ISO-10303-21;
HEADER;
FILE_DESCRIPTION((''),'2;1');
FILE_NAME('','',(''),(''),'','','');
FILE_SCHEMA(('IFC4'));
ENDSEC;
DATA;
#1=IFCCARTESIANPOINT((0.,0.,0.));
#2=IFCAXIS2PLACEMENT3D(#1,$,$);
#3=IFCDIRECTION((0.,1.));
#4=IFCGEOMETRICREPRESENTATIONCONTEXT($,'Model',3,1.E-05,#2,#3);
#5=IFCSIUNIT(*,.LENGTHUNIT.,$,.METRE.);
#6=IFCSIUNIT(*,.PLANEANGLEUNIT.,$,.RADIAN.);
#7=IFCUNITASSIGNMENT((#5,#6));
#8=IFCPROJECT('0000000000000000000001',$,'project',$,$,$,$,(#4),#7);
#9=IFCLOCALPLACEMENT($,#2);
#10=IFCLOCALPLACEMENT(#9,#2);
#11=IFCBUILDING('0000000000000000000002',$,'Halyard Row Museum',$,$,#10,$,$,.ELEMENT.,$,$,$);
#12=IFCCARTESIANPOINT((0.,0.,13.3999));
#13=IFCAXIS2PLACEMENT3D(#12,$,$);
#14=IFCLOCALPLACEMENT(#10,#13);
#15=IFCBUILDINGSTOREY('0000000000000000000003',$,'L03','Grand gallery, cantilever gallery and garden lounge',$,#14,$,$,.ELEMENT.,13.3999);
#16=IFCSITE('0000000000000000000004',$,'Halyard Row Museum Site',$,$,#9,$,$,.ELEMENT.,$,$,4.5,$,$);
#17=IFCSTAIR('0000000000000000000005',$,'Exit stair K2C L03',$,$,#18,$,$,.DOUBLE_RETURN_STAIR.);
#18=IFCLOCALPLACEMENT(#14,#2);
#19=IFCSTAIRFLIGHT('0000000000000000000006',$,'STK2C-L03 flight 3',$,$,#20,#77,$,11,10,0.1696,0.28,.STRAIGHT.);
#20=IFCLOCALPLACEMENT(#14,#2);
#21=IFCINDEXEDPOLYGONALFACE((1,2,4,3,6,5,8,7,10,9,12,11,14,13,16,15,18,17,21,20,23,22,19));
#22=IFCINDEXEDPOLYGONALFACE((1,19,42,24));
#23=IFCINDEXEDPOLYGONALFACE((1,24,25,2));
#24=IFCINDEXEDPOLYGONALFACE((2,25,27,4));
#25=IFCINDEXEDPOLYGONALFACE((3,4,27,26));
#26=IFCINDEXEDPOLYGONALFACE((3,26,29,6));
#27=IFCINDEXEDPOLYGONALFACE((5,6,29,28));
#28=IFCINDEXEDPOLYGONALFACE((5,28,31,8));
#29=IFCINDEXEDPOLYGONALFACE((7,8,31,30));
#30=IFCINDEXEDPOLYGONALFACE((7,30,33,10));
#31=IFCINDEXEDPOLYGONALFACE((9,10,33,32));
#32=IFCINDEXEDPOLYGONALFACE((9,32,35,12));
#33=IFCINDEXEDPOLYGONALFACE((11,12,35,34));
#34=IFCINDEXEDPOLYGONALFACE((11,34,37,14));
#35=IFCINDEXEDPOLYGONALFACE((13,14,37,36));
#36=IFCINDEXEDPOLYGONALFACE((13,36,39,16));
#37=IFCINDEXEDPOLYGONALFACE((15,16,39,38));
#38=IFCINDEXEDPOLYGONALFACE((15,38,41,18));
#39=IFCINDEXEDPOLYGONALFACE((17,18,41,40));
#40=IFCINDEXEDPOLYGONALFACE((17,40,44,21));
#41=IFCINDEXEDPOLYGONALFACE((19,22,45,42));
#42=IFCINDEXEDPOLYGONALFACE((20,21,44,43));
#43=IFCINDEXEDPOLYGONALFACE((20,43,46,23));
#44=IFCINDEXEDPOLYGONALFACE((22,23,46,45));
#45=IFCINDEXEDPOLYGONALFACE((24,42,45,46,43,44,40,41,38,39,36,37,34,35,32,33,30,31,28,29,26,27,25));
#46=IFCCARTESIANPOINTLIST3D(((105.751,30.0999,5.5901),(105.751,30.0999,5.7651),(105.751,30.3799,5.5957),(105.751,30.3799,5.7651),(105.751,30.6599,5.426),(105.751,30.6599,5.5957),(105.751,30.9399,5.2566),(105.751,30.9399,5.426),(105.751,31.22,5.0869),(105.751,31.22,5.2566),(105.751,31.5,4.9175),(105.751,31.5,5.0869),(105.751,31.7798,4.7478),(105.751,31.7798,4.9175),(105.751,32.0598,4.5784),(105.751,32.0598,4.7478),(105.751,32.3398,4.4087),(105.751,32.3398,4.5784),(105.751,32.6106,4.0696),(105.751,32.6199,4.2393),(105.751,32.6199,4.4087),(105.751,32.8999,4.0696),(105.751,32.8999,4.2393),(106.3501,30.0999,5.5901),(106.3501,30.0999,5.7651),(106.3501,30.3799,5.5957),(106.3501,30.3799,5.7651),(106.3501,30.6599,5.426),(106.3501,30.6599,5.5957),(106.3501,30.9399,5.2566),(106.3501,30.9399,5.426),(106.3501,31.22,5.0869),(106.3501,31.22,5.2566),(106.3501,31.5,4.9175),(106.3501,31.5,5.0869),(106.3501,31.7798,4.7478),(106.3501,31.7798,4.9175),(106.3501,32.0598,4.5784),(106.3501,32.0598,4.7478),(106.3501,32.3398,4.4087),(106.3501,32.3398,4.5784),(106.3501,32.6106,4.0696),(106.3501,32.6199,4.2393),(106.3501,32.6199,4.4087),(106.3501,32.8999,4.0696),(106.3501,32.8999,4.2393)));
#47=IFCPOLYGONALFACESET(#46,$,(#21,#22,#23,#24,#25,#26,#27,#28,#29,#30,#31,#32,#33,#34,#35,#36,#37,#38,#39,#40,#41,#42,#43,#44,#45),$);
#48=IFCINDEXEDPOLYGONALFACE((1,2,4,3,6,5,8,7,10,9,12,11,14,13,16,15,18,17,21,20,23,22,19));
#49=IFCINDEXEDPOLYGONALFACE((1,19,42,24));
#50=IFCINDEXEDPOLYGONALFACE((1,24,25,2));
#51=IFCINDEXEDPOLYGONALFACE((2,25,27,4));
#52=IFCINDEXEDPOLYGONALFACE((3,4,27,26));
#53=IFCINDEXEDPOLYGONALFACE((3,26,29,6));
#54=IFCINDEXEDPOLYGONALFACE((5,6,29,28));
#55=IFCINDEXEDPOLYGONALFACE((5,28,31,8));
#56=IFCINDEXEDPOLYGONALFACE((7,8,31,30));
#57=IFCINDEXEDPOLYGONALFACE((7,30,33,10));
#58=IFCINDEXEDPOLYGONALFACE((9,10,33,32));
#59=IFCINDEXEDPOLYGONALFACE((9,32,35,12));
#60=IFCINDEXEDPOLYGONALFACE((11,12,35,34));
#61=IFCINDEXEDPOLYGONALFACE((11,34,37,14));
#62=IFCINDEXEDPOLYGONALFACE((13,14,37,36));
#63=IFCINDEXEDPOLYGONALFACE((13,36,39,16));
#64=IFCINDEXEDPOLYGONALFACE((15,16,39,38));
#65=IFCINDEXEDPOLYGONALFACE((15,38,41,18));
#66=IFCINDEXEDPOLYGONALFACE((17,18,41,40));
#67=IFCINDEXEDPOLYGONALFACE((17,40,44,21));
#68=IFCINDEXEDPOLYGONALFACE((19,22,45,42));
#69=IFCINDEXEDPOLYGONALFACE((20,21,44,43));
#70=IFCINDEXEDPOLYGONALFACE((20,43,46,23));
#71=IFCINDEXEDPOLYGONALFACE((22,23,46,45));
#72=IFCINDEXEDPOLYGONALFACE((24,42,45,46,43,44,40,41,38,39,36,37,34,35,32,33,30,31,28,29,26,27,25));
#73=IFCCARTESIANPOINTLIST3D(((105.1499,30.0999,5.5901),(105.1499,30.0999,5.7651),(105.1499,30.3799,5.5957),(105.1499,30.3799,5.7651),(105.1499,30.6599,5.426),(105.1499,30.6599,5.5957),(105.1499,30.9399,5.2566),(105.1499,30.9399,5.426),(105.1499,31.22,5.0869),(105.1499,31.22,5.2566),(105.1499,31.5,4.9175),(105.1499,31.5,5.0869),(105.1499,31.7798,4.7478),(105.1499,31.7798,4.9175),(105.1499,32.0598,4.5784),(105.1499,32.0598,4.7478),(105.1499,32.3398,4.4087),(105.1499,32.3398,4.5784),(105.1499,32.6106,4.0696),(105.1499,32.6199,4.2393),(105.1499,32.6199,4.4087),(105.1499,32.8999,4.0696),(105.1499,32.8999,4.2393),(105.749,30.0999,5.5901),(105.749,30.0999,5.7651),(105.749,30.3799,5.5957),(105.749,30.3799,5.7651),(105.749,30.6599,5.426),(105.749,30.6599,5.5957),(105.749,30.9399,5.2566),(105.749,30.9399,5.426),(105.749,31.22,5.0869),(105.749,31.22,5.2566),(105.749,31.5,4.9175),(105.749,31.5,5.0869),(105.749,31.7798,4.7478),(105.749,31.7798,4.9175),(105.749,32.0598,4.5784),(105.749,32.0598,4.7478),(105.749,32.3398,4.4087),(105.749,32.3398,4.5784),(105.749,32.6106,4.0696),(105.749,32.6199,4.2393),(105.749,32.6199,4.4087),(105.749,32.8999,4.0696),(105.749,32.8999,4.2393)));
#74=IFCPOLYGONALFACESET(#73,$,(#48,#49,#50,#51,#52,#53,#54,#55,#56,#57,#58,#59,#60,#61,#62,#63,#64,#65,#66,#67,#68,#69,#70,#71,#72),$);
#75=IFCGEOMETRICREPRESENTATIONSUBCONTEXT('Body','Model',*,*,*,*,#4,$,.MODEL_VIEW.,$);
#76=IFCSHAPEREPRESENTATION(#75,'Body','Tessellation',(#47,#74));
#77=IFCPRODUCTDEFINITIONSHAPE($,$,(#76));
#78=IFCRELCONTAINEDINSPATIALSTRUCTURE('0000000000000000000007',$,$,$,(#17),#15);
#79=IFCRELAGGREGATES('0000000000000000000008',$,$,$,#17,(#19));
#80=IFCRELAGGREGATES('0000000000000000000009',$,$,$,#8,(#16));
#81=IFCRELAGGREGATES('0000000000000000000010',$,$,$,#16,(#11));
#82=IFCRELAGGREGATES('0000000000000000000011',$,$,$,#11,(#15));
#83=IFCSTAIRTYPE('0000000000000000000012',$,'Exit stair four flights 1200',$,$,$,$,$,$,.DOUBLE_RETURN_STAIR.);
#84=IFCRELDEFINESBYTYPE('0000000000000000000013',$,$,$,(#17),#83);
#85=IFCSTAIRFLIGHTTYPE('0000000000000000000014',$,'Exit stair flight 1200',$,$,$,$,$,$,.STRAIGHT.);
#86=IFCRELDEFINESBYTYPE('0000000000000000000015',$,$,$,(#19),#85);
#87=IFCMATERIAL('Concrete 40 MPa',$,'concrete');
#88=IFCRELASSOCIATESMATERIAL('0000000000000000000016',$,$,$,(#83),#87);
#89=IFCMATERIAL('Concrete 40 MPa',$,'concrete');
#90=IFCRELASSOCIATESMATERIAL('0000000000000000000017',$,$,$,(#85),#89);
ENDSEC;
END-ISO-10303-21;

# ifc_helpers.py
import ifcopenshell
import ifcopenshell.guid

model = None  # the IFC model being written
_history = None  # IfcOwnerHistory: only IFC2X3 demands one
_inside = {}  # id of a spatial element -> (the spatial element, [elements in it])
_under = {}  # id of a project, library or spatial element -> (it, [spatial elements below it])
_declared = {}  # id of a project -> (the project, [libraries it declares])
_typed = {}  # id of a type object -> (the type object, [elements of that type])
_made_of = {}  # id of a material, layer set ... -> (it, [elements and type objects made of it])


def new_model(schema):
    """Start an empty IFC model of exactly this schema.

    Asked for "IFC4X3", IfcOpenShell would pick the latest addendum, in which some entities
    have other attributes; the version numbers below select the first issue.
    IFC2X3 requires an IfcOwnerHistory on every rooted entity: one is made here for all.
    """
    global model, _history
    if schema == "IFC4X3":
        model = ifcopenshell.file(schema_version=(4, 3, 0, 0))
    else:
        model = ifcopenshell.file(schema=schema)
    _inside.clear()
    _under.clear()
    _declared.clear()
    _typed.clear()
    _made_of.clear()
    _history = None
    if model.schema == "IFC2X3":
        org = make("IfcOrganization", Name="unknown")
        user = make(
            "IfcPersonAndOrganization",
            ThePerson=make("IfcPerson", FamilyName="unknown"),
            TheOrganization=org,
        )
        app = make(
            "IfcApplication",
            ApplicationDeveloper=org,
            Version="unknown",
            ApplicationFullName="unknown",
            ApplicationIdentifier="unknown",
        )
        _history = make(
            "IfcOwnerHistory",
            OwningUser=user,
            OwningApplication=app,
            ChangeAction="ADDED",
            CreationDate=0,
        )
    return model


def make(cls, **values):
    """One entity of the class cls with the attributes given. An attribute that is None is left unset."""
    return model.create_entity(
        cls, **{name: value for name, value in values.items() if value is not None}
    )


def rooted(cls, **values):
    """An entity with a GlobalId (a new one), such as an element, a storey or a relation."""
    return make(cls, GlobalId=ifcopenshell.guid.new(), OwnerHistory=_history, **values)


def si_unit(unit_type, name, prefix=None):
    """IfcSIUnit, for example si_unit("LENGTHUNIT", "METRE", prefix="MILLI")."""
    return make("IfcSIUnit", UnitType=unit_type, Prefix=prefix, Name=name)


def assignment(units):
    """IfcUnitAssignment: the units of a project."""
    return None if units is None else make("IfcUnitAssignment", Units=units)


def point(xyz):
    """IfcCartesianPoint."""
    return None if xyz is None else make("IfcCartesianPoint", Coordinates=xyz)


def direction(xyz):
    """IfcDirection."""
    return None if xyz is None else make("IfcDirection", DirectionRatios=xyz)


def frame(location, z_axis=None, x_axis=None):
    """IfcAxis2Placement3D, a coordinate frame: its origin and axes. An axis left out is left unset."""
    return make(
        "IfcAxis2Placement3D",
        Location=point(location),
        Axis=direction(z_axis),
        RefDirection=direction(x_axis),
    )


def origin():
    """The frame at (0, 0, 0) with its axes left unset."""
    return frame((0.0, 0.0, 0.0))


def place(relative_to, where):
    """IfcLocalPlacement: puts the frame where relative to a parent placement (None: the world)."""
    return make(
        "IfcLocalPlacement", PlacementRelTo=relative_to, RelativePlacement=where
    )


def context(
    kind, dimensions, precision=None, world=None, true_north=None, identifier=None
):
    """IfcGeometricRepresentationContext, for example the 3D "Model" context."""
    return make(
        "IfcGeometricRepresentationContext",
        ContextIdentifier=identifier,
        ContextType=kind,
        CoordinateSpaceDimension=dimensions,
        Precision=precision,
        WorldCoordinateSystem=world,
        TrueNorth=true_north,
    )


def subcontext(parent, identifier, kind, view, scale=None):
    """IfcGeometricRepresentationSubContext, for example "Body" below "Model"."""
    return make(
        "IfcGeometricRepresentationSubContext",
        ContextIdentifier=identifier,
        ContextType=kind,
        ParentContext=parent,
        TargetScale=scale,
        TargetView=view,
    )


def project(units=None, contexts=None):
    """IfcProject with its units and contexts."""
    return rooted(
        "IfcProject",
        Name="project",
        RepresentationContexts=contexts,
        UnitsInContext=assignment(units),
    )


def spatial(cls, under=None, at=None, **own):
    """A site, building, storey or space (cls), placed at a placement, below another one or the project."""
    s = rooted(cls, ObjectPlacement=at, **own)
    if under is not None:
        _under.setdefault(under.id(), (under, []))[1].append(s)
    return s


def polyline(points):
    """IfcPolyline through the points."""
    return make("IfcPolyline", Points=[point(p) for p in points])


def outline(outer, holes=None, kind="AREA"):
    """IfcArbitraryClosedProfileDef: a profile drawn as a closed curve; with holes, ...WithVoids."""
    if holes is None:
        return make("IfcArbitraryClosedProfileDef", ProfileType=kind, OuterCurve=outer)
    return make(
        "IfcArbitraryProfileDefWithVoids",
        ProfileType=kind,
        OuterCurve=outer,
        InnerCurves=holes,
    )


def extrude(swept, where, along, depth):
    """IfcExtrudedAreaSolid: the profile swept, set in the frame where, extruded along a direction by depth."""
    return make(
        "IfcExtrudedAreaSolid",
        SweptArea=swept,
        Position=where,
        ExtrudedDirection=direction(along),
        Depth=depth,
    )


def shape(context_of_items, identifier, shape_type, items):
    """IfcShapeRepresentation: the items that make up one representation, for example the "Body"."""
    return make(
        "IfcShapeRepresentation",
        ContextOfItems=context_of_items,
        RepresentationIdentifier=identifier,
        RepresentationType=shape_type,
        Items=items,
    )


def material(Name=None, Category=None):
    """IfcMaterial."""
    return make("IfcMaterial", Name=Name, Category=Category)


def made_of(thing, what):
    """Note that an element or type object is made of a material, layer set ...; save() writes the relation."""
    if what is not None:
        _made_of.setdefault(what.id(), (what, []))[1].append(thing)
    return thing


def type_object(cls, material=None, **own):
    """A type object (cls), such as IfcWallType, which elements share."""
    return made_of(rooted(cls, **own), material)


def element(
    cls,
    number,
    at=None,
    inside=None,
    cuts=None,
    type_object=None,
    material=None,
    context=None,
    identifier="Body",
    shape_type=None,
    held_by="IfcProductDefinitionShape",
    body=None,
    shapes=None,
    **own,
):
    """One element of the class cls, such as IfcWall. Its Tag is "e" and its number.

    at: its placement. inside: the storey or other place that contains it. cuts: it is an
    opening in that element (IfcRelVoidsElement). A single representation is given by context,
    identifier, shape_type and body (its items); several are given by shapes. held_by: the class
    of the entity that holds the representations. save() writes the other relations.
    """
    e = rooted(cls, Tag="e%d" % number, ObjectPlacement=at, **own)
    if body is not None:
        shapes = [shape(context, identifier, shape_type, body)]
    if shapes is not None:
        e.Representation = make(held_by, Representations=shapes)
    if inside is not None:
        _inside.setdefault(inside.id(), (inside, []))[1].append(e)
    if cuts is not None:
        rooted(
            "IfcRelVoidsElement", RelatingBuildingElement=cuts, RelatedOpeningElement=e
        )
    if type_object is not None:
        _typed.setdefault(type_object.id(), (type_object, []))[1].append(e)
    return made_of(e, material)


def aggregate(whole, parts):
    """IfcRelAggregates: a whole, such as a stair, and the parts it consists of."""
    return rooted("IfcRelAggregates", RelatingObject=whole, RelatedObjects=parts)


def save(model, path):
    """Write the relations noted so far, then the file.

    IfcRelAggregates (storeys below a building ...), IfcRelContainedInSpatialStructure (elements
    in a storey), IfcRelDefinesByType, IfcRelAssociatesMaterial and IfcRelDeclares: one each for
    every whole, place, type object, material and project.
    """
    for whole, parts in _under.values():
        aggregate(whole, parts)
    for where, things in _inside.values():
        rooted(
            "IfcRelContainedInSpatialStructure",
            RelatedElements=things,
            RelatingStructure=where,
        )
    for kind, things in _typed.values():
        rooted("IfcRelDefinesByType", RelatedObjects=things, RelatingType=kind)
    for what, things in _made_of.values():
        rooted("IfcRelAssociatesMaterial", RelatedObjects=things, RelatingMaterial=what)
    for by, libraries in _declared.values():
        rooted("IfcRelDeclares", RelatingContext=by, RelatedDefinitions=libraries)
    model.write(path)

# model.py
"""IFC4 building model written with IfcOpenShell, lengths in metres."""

from ifc_helpers import new_model, si_unit, direction, frame, origin, place, context, subcontext, project, spatial, polyline, outline, extrude, material, type_object, element, aggregate, save


model = new_model("IFC4")

# Units and contexts
model_context = context("Model", 3, precision=1e-05, world=origin(), true_north=direction((0.0, 1.0)))
body_context = subcontext(model_context, "Body", "Model", "MODEL_VIEW")
ifc_project = project(units=[si_unit("LENGTHUNIT", "METRE"), si_unit("PLANEANGLEUNIT", "RADIAN")], contexts=[model_context])

# Site, building, storey
site_placement = place(None, origin())
site = spatial("IfcSite", under=ifc_project, at=site_placement, Name="Halyard Row Museum Site", CompositionType="ELEMENT", RefElevation=4.5)
building_placement = place(site_placement, origin())
building = spatial("IfcBuilding", under=site, at=building_placement, Name="Halyard Row Museum", CompositionType="ELEMENT")
storey_placement = place(building_placement, frame((0.0, 0.0, 13.3999)))
storey = spatial("IfcBuildingStorey", under=building, at=storey_placement, Name="L03", Description="Grand gallery, cantilever gallery and garden lounge", CompositionType="ELEMENT", Elevation=13.3999)

# Stair, stair flight
ifc_material_1 = material(Name="Concrete 40 MPa", Category="concrete")
stair_type = type_object("IfcStairType", Name="Exit stair four flights 1200", PredefinedType="DOUBLE_RETURN_STAIR", material=ifc_material_1)
stair_placement = place(storey_placement, origin())
stair = element("IfcStair", 1, at=stair_placement, inside=storey, type_object=stair_type, Name="Exit stair K2C L03", PredefinedType="DOUBLE_RETURN_STAIR")
ifc_material_2 = material(Name="Concrete 40 MPa", Category="concrete")
stair_flight_type = type_object("IfcStairFlightType", Name="Exit stair flight 1200", PredefinedType="STRAIGHT", material=ifc_material_2)
stair_flight_1_placement = place(storey_placement, frame((105.75, 32.8999, 4.0696), z_axis=(0.0, 0.0, 1.0), x_axis=(0.0, -1.0, 0.0)))
stair_flight_1 = element("IfcStairFlight", 2, at=stair_flight_1_placement, type_object=stair_flight_type, Name="STK2C-L03 flight 3", NumberOfRisers=11, NumberOfTreads=10, PredefinedType="STRAIGHT", RiserHeight=0.1696, TreadLength=0.28, context=body_context, shape_type="SweptSolid", body=[
    extrude(outline(polyline([(0.0, 0.0), (0.0, 0.1697), (0.28, 0.1697), (0.28, 0.3391), (0.5601, 0.3391), (0.5601, 0.5088), (0.8401, 0.5088), (0.8401, 0.6782), (1.1201, 0.6782), (1.1201, 0.8479), (1.3999, 0.8479), (1.3999, 1.0173), (1.6799, 1.0173), (1.6799, 1.187), (1.96, 1.187), (1.96, 1.3564), (2.24, 1.3564), (2.24, 1.5261), (2.52, 1.5261), (2.52, 1.6956), (2.8, 1.6956), (2.8, 1.8652), (2.8, 1.5205), (0.2893, 0.0), (0.0, 0.0)])), frame((0.0, 0.6001, 0.0), z_axis=(0.0, -1.0, 0.0), x_axis=(1.0, 0.0, 0.0)), (0.0, 0.0, 1.0), 0.5991),
    extrude(outline(polyline([(0.0, 0.0), (0.0, 0.1697), (0.28, 0.1697), (0.28, 0.3391), (0.5601, 0.3391), (0.5601, 0.5088), (0.8401, 0.5088), (0.8401, 0.6782), (1.1201, 0.6782), (1.1201, 0.8479), (1.3999, 0.8479), (1.3999, 1.0173), (1.6799, 1.0173), (1.6799, 1.187), (1.96, 1.187), (1.96, 1.3564), (2.24, 1.3564), (2.24, 1.5261), (2.52, 1.5261), (2.52, 1.6956), (2.8, 1.6956), (2.8, 1.8652), (2.8, 1.5205), (0.2893, 0.0), (0.0, 0.0)])), frame((0.0, -0.001, 0.0), z_axis=(0.0, -1.0, 0.0), x_axis=(1.0, 0.0, 0.0)), (0.0, 0.0, 1.0), 0.5991),
])
aggregate(stair, [stair_flight_1])

save(model, "model.ifc")
